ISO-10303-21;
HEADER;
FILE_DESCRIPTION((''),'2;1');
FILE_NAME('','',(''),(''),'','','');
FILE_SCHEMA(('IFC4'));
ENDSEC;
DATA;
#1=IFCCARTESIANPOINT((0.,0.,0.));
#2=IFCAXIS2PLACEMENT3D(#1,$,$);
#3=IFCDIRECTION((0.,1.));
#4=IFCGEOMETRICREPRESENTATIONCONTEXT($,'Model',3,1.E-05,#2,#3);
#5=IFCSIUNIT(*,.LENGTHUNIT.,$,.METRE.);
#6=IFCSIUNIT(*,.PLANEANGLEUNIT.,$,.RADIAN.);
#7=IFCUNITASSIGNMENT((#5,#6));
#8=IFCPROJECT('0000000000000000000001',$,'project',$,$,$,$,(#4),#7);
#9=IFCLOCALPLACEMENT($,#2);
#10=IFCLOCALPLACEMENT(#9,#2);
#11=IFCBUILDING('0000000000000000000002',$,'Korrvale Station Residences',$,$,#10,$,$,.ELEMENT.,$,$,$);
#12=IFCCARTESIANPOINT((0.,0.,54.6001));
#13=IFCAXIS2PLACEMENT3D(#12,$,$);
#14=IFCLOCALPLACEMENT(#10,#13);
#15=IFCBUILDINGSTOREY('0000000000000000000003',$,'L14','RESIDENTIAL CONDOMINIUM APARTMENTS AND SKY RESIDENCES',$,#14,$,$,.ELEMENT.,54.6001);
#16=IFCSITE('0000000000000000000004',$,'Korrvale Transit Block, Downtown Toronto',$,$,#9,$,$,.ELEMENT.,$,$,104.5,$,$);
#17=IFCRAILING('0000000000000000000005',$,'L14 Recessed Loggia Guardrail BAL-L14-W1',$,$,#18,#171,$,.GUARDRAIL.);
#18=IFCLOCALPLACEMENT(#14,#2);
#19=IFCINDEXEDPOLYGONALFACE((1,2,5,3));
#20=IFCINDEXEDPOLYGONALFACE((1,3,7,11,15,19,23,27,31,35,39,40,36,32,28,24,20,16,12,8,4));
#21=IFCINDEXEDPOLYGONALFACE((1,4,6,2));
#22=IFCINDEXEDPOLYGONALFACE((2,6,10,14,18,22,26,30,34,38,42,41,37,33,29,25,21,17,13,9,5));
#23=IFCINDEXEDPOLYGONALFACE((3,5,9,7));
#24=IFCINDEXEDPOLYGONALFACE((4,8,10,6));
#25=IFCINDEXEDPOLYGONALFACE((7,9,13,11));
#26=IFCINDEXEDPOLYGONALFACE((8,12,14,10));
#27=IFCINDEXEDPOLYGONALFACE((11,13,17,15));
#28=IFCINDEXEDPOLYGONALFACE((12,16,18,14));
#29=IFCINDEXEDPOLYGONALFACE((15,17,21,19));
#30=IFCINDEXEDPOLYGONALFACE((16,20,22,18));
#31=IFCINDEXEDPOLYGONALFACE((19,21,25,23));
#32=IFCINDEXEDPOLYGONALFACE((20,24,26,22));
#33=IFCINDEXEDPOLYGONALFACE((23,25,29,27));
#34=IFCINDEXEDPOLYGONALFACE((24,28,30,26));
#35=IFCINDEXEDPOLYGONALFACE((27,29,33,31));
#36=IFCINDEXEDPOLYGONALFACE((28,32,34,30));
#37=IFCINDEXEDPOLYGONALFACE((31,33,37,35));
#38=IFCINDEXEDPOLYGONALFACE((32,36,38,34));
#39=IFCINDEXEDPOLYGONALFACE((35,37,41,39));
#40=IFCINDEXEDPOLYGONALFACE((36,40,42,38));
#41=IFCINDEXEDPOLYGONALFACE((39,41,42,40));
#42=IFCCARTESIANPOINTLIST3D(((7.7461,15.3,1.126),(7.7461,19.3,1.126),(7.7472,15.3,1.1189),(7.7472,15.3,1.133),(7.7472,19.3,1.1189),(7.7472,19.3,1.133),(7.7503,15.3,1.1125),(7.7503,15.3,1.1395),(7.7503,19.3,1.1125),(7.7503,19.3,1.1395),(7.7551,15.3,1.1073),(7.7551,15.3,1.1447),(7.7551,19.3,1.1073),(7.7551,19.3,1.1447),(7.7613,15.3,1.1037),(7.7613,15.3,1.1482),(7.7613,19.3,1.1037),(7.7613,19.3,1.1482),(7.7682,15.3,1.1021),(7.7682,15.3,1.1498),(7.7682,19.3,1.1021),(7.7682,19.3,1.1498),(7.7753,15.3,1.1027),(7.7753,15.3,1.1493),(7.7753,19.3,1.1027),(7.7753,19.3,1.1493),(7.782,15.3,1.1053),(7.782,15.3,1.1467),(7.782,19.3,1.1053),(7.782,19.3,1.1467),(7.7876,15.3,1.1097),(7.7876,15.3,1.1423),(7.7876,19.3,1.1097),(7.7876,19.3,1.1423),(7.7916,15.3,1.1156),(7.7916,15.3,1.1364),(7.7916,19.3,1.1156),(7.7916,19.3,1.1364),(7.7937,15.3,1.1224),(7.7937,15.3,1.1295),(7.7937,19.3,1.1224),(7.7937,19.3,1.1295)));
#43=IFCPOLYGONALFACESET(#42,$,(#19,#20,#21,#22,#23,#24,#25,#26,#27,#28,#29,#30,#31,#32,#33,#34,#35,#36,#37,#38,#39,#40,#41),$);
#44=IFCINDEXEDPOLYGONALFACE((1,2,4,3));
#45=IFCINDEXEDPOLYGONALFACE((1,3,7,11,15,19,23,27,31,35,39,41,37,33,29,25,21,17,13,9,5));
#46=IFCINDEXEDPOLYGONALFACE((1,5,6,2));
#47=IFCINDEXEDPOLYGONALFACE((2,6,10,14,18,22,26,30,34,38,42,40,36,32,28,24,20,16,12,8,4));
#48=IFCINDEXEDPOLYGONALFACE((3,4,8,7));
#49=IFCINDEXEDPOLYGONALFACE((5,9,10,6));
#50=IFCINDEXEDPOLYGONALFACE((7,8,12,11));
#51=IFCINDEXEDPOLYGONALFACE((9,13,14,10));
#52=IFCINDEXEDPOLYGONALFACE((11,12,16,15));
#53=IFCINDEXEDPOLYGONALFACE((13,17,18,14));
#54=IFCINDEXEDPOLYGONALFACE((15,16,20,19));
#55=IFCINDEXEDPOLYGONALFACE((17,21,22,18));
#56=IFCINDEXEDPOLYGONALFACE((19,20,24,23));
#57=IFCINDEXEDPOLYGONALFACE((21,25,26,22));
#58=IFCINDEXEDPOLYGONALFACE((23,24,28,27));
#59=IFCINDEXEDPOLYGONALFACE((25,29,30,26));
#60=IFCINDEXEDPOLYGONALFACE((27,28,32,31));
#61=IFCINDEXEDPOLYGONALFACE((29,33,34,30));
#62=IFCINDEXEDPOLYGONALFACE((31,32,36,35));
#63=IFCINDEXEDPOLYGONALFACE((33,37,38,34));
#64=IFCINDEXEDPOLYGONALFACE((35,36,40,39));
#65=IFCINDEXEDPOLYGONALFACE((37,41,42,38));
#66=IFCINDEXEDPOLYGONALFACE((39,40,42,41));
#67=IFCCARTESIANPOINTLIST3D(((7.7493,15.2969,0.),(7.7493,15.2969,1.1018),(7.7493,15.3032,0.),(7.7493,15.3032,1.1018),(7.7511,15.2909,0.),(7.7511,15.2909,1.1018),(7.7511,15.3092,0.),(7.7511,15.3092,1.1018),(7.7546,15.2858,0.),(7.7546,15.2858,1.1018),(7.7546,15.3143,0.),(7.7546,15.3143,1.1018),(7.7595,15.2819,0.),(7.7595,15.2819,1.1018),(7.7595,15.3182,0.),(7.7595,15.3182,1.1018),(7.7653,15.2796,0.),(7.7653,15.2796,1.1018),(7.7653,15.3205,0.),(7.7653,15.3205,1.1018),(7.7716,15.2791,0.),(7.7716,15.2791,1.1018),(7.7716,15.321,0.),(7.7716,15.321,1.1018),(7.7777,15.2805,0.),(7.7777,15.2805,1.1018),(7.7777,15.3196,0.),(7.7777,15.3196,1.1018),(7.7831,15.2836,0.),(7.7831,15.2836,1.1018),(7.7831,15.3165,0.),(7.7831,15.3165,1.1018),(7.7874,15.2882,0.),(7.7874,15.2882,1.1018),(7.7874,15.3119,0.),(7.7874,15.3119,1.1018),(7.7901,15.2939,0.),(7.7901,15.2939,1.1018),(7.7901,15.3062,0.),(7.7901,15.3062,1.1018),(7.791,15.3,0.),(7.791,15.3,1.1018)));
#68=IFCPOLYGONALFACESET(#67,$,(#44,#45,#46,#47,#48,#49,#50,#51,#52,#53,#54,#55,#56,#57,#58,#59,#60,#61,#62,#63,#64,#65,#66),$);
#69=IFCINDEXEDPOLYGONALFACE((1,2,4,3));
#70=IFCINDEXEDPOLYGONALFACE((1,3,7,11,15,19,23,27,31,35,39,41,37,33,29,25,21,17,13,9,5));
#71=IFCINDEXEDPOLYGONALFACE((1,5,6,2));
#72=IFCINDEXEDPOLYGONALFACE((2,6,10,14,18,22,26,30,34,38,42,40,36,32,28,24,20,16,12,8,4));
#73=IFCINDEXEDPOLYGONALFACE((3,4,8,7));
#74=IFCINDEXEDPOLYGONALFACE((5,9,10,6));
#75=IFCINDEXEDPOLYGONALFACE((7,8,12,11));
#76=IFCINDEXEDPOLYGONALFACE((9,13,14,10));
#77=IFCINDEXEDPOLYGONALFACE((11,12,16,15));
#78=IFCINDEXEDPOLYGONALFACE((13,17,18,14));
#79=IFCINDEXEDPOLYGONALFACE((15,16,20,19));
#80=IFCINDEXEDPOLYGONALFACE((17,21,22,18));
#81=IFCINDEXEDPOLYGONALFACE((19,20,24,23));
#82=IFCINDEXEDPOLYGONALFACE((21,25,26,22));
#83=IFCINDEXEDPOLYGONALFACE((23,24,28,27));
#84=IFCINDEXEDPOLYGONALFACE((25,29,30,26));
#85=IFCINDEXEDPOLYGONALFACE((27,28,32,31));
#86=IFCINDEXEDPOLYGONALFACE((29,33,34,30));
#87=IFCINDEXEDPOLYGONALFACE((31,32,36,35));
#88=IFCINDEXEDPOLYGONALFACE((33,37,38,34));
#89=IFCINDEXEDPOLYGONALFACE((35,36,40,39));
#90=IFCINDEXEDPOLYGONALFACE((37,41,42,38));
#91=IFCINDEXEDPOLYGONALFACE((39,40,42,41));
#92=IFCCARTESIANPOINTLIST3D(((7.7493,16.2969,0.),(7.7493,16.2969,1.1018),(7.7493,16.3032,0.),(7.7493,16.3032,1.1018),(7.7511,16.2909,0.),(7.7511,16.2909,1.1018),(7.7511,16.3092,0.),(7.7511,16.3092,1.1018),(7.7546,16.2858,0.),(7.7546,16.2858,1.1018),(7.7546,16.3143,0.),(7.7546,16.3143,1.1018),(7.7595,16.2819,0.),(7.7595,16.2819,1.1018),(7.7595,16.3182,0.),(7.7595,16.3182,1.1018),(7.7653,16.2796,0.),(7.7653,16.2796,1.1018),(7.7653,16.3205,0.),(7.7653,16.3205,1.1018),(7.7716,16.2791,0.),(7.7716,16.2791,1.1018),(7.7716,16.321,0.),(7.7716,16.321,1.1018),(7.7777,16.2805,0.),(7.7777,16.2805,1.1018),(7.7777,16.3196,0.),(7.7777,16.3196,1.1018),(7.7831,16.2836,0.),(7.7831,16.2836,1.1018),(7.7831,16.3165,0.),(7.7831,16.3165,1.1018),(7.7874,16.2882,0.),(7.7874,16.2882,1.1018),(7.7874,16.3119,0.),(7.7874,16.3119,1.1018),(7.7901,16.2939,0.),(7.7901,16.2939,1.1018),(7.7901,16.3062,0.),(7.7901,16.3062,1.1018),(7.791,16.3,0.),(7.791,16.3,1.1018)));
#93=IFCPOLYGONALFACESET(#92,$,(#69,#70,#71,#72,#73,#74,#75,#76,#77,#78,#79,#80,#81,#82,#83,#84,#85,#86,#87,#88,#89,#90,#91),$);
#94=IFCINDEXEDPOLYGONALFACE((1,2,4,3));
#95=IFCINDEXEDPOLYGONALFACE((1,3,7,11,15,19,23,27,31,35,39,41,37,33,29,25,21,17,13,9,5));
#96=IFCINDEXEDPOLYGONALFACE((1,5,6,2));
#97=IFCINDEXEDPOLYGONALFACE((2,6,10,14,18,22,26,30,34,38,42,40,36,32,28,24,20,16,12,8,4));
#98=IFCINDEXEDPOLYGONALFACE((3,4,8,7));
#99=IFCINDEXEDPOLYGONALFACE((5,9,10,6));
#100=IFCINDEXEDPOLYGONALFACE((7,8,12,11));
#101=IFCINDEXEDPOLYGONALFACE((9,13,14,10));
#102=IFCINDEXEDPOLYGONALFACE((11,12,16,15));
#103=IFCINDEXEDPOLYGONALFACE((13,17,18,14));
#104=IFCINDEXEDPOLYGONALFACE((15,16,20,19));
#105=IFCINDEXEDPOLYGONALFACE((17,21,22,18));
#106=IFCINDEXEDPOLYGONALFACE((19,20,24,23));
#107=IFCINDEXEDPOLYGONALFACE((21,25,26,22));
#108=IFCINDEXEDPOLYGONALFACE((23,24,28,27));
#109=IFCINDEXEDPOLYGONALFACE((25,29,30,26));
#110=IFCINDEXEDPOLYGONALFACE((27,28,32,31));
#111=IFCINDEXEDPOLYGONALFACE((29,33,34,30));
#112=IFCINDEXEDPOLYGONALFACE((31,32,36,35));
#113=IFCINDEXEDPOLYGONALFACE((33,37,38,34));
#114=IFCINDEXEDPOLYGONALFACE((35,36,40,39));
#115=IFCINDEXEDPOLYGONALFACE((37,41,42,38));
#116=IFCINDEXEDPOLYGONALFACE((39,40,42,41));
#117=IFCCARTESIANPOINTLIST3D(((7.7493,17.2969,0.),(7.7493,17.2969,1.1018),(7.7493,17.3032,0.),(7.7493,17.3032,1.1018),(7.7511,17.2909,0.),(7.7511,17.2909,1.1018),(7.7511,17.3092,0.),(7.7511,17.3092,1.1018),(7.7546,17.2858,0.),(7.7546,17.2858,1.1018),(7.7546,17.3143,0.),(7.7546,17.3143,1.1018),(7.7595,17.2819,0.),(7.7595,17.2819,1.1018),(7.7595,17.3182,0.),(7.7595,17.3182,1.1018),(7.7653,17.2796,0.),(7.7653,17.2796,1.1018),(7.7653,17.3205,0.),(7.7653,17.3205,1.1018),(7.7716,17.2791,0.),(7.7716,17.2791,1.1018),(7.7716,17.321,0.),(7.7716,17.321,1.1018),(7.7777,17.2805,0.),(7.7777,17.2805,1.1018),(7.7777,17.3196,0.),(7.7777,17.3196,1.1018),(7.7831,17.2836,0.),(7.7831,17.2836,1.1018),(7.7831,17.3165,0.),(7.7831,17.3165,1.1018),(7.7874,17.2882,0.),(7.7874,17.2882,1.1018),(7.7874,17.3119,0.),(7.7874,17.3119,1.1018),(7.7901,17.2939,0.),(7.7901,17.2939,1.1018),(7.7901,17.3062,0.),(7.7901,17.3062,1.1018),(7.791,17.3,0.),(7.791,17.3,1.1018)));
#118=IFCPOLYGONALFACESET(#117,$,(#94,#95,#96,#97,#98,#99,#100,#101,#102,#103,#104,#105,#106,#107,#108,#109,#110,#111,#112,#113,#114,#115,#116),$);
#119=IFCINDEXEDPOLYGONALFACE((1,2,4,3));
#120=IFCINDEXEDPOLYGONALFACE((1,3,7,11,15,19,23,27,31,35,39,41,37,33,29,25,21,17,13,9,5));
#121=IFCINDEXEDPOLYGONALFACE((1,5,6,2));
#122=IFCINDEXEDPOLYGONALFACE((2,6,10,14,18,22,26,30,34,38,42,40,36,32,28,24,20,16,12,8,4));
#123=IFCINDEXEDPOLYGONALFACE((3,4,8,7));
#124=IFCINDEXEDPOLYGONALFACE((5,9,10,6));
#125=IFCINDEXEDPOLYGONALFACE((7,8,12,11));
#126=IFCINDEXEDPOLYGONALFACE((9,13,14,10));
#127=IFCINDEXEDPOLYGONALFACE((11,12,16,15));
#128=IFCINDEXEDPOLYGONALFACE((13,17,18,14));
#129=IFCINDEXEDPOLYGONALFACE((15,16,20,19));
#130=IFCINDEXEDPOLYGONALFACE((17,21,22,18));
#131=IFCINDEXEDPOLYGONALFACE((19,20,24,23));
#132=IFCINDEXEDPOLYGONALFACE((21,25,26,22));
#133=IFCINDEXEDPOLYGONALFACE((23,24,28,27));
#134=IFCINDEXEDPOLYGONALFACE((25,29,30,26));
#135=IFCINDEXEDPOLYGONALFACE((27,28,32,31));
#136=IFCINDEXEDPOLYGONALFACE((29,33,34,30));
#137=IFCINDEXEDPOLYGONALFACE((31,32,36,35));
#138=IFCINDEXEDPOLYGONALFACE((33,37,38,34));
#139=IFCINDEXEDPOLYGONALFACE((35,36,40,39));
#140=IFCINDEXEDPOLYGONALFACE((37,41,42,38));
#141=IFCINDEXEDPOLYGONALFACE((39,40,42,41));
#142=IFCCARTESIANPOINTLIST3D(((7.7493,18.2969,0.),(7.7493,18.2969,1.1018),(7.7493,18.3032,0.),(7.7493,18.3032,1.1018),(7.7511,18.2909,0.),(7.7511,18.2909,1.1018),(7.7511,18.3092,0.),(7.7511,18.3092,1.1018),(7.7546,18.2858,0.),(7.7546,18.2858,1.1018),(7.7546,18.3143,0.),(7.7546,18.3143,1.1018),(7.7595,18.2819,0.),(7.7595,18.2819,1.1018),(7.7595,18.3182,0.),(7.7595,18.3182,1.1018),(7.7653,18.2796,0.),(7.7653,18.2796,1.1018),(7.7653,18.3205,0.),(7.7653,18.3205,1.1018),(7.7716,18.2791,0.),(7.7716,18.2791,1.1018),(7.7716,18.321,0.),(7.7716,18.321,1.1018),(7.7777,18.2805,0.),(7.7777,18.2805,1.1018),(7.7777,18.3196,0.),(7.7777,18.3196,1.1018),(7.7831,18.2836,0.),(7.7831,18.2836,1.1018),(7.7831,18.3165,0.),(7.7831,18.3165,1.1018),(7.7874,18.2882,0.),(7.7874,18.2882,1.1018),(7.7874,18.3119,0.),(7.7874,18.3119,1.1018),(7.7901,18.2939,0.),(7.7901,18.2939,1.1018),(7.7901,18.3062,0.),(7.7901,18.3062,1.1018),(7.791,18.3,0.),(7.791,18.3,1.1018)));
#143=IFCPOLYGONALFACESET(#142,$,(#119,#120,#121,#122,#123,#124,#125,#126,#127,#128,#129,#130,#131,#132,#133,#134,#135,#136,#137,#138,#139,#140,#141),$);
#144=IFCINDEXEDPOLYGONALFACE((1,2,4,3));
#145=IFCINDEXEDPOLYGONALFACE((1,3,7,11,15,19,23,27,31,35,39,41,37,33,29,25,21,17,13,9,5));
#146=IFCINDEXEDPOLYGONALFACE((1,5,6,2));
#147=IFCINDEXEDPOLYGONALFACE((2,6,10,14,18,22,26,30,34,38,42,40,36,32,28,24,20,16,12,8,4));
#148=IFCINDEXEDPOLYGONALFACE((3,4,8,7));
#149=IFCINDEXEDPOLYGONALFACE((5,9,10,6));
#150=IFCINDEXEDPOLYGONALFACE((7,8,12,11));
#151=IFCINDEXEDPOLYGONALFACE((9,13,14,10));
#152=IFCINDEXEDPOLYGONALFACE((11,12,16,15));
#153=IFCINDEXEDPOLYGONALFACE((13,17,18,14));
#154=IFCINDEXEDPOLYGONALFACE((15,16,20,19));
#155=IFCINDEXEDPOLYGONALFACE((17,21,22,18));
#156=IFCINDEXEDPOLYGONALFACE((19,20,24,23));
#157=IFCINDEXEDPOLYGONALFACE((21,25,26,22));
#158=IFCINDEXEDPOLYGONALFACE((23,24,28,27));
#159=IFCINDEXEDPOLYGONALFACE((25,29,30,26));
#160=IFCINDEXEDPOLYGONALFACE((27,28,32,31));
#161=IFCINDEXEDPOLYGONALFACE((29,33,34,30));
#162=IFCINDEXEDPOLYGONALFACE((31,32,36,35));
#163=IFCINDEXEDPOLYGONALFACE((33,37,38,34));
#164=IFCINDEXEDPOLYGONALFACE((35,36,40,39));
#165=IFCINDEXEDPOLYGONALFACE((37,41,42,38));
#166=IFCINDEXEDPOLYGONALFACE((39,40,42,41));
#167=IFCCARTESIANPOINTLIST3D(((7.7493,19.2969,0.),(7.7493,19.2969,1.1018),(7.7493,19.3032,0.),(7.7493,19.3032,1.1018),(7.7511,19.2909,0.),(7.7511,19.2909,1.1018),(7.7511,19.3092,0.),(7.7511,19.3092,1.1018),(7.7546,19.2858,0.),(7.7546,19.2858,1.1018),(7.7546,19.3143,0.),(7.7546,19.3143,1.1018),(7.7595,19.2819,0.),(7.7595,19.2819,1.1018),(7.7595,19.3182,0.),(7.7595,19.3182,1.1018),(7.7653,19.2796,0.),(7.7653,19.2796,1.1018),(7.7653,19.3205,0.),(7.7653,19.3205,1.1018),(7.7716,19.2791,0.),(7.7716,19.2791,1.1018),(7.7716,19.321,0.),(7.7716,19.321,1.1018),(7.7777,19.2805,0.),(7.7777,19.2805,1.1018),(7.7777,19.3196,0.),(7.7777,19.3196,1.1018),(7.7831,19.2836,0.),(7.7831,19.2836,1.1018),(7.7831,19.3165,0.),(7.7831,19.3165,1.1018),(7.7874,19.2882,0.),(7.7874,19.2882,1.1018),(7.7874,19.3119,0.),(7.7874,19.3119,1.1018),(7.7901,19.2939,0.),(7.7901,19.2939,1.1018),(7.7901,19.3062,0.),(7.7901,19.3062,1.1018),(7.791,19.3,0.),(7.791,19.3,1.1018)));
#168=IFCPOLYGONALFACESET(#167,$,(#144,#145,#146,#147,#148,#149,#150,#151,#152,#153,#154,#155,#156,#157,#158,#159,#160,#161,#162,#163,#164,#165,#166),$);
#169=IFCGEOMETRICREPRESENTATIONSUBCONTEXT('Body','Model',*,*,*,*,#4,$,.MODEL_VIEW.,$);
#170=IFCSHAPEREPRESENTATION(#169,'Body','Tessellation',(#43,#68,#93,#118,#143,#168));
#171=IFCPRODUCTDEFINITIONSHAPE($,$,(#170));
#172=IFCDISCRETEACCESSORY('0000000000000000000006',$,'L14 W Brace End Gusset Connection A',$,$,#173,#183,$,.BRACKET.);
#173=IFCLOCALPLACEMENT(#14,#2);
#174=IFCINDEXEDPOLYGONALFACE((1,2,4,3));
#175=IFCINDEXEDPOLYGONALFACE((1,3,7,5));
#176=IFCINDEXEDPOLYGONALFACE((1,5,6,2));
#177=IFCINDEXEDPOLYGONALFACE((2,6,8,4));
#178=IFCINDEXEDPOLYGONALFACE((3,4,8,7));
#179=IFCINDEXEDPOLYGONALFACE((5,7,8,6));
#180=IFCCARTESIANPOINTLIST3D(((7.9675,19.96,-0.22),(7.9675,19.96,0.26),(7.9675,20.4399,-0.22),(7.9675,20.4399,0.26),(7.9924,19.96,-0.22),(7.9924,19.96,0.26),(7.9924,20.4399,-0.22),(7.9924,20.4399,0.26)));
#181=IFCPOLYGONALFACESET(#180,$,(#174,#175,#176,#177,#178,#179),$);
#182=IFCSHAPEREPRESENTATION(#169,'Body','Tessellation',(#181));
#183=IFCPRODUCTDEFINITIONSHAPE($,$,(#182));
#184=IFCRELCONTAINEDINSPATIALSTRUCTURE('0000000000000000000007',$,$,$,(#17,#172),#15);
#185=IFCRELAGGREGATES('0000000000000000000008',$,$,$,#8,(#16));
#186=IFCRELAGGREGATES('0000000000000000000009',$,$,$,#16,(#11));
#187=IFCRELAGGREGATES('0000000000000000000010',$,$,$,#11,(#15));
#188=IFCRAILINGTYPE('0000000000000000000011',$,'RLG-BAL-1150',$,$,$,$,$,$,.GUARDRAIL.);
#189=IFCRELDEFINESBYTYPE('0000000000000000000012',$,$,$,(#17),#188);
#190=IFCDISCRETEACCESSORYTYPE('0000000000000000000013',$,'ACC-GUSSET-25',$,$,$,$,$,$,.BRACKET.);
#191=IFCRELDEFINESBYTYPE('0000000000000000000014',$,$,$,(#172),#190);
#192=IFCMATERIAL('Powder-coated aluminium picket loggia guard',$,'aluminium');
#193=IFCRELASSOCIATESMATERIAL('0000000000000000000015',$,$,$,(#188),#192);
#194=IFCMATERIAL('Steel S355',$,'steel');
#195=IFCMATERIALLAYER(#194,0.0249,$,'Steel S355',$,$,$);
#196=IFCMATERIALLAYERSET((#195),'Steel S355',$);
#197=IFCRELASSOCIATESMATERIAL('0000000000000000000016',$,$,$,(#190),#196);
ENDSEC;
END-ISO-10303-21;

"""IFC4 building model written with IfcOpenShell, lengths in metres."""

from ifc_helpers import new_model, si_unit, direction, frame, origin, origin_2d, place, context, subcontext, project, spatial, rectangle, circle, extrude, material, layer, layer_set, type_object, element, save


model = new_model("IFC4")

# Units and contexts
model_context = context("Model", 3, precision=1e-05, world=origin(), true_north=direction((0.0, 1.0)))
body_context = subcontext(model_context, "Body", "Model", "MODEL_VIEW")
ifc_project = project(units=[si_unit("LENGTHUNIT", "METRE"), si_unit("PLANEANGLEUNIT", "RADIAN")], contexts=[model_context])

# Site, building, storey
site_placement = place(None, origin())
site = spatial("IfcSite", under=ifc_project, at=site_placement, Name="Korrvale Transit Block, Downtown Toronto", CompositionType="ELEMENT", RefElevation=104.5)
building_placement = place(site_placement, origin())
building = spatial("IfcBuilding", under=site, at=building_placement, Name="Korrvale Station Residences", CompositionType="ELEMENT")
storey_placement = place(building_placement, frame((0.0, 0.0, 54.6001)))
storey = spatial("IfcBuildingStorey", under=building, at=storey_placement, Name="L14", Description="RESIDENTIAL CONDOMINIUM APARTMENTS AND SKY RESIDENCES", CompositionType="ELEMENT", Elevation=54.6001)

# Shared definitions
ifc_material_1 = material(Name="Steel S355", Category="steel")

# Railing
ifc_material_2 = material(Name="Powder-coated aluminium picket loggia guard", Category="aluminium")
railing_type = type_object("IfcRailingType", Name="RLG-BAL-1150", PredefinedType="GUARDRAIL", material=ifc_material_2)
railing_placement = place(storey_placement, frame((7.77, 15.3, 0.0)))
element("IfcRailing", 1, at=railing_placement, inside=storey, type_object=railing_type, Name="L14 Recessed Loggia Guardrail BAL-L14-W1", PredefinedType="GUARDRAIL", context=body_context, shape_type="SweptSolid", body=[
    extrude(circle(Radius=0.0239, at=origin_2d()), frame((0.0, 0.0, 1.126), z_axis=(0.0, 1.0, 0.0), x_axis=(-1.0, 0.0, 0.0)), (0.0, 0.0, 1.0), 4.0),
    extrude(circle(Radius=0.021, at=origin_2d()), origin(), (0.0, 0.0, 1.0), 1.1018),
    extrude(circle(Radius=0.021, at=origin_2d()), frame((0.0, 1.0, 0.0)), (0.0, 0.0, 1.0), 1.1018),
    extrude(circle(Radius=0.021, at=origin_2d()), frame((0.0, 2.0, 0.0)), (0.0, 0.0, 1.0), 1.1018),
    extrude(circle(Radius=0.021, at=origin_2d()), frame((0.0, 3.0, 0.0)), (0.0, 0.0, 1.0), 1.1018),
    extrude(circle(Radius=0.021, at=origin_2d()), frame((0.0, 4.0, 0.0)), (0.0, 0.0, 1.0), 1.1018),
])

# Discrete accessory
ifc_layer_1 = layer(ifc_material_1, 0.0249, Name="Steel S355")
ifc_layer_set_1 = layer_set([ifc_layer_1], Name="Steel S355")
discrete_accessory_type = type_object("IfcDiscreteAccessoryType", Name="ACC-GUSSET-25", PredefinedType="BRACKET", material=ifc_layer_set_1)
discrete_accessory_placement = place(storey_placement, frame((7.98, 20.2, -0.22), z_axis=(0.0, 0.0, 1.0), x_axis=(0.0, 1.0, 0.0)))
element("IfcDiscreteAccessory", 2, at=discrete_accessory_placement, inside=storey, type_object=discrete_accessory_type, Name="L14 W Brace End Gusset Connection A", PredefinedType="BRACKET", context=body_context, shape_type="SweptSolid", body=[
    extrude(rectangle(XDim=0.48, YDim=0.0249, at=origin_2d()), origin(), (0.0, 0.0, 1.0), 0.48),
])

save(model, "model.ifc")
